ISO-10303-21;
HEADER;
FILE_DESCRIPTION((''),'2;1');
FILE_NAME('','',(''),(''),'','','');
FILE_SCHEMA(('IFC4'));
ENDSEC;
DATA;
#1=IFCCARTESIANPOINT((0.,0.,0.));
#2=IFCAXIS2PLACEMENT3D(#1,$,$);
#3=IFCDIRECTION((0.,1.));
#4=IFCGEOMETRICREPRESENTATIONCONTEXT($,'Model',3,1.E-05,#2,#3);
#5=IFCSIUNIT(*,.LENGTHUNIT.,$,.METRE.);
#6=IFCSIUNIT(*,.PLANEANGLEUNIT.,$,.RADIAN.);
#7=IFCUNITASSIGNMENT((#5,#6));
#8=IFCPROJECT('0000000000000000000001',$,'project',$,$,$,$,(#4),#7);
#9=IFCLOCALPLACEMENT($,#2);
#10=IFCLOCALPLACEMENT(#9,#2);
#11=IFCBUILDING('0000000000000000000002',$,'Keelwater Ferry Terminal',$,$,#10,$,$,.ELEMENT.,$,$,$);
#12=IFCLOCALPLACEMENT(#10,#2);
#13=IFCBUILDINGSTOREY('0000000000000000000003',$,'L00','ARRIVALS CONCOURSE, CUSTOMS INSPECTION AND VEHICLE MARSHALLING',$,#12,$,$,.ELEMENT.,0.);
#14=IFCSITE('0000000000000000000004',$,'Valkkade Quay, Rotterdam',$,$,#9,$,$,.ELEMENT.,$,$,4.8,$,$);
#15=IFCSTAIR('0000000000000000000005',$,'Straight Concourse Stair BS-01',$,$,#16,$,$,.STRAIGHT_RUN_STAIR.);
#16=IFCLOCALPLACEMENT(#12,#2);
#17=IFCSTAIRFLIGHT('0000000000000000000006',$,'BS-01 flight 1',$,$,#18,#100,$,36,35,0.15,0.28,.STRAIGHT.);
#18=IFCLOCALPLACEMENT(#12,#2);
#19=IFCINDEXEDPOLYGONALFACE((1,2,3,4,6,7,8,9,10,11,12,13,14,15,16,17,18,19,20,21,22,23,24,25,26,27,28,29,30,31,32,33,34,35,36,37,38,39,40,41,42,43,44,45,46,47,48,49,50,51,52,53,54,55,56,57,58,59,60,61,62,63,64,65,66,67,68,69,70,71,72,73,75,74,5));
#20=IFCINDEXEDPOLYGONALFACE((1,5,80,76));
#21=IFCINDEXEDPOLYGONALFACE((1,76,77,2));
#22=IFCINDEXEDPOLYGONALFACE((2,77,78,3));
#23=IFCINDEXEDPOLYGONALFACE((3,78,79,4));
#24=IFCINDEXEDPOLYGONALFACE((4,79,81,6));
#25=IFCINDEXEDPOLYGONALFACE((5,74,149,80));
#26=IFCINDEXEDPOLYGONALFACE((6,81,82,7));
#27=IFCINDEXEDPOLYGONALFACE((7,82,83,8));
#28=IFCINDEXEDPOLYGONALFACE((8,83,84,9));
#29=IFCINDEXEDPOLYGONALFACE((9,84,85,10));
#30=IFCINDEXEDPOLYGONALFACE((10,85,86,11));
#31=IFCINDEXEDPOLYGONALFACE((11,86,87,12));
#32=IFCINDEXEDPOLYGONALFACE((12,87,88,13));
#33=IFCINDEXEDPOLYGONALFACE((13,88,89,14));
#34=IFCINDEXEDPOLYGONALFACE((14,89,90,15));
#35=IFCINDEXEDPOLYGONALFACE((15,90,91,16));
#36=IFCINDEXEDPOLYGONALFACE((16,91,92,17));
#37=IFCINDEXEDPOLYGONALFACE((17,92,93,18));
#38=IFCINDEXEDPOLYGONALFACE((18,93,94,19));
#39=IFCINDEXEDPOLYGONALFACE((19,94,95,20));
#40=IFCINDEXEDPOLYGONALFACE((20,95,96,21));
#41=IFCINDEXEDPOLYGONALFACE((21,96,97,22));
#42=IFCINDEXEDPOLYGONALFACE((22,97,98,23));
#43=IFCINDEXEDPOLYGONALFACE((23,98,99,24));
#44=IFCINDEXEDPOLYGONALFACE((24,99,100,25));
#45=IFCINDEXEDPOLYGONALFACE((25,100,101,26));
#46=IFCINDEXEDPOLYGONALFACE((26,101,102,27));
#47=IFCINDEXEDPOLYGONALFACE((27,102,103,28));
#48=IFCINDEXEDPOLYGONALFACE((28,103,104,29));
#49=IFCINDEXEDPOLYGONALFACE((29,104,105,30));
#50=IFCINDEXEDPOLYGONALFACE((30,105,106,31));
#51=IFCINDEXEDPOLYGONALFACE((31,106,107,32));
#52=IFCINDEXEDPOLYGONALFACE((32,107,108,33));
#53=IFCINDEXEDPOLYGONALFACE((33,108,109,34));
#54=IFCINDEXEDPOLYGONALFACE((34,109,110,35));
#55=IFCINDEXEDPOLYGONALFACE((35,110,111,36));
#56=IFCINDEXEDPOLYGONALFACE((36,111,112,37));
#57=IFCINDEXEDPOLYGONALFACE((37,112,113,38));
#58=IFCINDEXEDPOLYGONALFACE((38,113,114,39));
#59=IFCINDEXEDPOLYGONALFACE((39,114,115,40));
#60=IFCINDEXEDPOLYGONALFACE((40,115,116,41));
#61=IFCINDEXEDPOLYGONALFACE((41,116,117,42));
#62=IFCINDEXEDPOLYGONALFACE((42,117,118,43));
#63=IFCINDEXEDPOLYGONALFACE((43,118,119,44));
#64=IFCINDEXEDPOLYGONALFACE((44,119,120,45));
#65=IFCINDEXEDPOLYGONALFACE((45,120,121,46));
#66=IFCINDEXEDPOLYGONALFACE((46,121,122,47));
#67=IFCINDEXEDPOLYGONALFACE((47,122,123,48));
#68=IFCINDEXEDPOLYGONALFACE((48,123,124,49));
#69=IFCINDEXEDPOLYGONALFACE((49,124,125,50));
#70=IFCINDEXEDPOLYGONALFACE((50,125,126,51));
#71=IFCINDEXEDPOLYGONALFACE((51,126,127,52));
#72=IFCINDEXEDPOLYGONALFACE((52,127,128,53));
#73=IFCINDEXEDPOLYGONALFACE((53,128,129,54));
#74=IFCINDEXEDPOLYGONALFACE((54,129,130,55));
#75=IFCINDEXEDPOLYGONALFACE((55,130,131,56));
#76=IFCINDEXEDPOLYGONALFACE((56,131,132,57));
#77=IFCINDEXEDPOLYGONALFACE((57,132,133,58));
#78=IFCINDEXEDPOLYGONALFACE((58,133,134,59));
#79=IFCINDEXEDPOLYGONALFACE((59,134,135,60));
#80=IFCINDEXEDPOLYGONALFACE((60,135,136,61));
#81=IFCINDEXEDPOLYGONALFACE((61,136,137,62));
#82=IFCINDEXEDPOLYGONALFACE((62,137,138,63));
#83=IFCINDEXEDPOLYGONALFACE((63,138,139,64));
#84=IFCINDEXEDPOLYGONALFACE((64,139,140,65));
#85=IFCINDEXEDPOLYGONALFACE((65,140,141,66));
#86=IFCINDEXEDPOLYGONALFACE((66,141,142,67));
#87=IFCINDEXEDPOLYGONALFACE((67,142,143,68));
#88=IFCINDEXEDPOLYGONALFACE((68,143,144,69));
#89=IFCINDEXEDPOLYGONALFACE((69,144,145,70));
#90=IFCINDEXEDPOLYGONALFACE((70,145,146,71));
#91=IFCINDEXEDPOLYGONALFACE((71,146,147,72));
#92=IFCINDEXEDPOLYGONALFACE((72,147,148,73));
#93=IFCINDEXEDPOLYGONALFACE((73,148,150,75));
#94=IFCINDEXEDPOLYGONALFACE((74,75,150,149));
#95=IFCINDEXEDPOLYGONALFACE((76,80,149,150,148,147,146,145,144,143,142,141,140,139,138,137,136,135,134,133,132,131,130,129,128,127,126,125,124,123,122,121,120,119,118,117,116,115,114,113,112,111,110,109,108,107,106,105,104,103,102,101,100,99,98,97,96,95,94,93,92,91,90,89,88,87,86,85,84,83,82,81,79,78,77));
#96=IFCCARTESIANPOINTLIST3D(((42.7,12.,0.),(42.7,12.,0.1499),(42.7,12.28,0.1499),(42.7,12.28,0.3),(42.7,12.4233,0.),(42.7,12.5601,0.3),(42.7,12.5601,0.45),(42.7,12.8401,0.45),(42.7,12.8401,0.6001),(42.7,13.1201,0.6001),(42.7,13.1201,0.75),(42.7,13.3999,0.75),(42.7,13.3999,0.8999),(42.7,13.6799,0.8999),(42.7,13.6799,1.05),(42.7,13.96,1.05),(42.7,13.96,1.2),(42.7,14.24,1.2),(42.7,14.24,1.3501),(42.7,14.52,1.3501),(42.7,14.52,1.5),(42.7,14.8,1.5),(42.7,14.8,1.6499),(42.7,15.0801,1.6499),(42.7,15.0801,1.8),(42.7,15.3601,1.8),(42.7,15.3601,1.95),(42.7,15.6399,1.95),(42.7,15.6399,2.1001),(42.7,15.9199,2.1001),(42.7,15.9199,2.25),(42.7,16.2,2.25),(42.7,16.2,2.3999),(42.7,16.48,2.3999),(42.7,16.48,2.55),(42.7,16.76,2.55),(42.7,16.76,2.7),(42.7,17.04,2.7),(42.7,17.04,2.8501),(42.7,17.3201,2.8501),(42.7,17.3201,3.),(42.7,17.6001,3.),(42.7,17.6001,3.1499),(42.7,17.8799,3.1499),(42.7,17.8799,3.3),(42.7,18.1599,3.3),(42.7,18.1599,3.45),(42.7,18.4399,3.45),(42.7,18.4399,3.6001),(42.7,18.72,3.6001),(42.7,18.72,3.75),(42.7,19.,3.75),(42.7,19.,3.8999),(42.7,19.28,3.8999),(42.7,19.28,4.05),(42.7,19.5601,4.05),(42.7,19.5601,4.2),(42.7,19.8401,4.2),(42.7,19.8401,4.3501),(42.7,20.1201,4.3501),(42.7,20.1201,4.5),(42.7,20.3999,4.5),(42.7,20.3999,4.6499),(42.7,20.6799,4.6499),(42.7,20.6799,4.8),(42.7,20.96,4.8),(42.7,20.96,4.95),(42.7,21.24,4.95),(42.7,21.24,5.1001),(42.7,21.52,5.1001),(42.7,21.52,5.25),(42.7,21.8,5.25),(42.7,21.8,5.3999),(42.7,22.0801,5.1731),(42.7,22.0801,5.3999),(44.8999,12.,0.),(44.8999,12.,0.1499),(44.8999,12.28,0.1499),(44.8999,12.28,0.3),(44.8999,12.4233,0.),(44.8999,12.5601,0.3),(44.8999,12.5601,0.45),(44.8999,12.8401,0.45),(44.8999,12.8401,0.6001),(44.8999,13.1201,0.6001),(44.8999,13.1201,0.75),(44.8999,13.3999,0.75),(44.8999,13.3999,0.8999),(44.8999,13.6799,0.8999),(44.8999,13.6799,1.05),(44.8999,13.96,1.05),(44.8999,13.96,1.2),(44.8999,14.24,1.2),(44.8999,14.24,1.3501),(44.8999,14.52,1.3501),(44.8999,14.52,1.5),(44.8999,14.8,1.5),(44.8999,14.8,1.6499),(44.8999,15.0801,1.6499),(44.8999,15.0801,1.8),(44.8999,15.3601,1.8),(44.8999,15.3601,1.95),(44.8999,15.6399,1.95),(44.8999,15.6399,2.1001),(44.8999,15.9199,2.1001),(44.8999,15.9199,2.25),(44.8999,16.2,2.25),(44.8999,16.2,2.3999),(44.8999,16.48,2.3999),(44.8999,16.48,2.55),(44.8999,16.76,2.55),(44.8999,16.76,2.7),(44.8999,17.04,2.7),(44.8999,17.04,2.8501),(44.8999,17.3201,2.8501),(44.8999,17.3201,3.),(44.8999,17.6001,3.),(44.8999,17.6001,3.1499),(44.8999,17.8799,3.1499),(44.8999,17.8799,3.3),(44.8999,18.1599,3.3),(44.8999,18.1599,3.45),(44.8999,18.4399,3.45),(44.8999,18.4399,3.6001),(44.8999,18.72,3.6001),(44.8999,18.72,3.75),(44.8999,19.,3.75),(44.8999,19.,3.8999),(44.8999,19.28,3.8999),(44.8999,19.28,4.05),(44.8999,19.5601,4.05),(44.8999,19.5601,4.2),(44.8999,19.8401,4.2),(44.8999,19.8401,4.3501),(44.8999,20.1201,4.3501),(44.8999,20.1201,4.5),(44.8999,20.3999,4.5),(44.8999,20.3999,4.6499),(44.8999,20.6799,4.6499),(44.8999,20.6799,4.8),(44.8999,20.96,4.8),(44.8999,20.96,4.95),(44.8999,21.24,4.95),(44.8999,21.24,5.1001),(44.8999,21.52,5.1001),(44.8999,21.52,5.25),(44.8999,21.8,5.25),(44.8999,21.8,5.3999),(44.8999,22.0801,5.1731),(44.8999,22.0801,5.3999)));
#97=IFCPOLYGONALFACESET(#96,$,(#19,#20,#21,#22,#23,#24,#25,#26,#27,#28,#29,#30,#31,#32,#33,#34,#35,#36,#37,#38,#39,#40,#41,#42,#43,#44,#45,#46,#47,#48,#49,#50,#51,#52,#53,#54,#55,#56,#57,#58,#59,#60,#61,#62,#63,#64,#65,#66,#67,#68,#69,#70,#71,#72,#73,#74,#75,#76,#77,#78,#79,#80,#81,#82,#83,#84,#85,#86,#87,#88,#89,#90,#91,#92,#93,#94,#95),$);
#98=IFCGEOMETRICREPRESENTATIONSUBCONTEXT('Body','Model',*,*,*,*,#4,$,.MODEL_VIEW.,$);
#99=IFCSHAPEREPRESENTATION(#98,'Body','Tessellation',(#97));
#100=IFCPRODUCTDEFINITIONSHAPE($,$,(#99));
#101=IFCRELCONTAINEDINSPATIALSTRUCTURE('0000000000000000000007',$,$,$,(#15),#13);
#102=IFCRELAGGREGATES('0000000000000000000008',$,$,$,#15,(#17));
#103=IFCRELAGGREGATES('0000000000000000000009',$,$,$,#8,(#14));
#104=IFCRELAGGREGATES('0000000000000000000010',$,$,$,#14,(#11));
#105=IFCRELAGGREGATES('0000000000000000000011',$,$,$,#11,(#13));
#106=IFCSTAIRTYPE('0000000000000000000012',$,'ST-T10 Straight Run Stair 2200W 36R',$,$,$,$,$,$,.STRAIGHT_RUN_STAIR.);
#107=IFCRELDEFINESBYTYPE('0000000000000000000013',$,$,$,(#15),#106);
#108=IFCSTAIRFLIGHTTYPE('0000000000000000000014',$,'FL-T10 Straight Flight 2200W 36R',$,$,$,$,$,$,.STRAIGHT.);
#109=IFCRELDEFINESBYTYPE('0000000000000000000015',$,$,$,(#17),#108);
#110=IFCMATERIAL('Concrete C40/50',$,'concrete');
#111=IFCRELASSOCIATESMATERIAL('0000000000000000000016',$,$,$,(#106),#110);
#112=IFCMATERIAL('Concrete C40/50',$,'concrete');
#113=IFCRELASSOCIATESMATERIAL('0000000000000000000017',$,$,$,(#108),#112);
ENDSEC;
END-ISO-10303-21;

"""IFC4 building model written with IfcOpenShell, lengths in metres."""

from ifc_helpers import new_model, si_unit, direction, frame, origin, place, context, subcontext, project, spatial, polyline, outline, extrude, material, type_object, element, aggregate, save


model = new_model("IFC4")

# Units and contexts
model_context = context("Model", 3, precision=1e-05, world=origin(), true_north=direction((0.0, 1.0)))
body_context = subcontext(model_context, "Body", "Model", "MODEL_VIEW")
ifc_project = project(units=[si_unit("LENGTHUNIT", "METRE"), si_unit("PLANEANGLEUNIT", "RADIAN")], contexts=[model_context])

# Site, building, storey
site_placement = place(None, origin())
site = spatial("IfcSite", under=ifc_project, at=site_placement, Name="Valkkade Quay, Rotterdam", CompositionType="ELEMENT", RefElevation=4.8)
building_placement = place(site_placement, origin())
building = spatial("IfcBuilding", under=site, at=building_placement, Name="Keelwater Ferry Terminal", CompositionType="ELEMENT")
storey_placement = place(building_placement, origin())
storey = spatial("IfcBuildingStorey", under=building, at=storey_placement, Name="L00", Description="ARRIVALS CONCOURSE, CUSTOMS INSPECTION AND VEHICLE MARSHALLING", CompositionType="ELEMENT", Elevation=0.0)

# Stair, stair flight
ifc_material_1 = material(Name="Concrete C40/50", Category="concrete")
stair_type = type_object("IfcStairType", Name="ST-T10 Straight Run Stair 2200W 36R", PredefinedType="STRAIGHT_RUN_STAIR", material=ifc_material_1)
stair_placement = place(storey_placement, origin())
stair = element("IfcStair", 1, at=stair_placement, inside=storey, type_object=stair_type, Name="Straight Concourse Stair BS-01", PredefinedType="STRAIGHT_RUN_STAIR")
ifc_material_2 = material(Name="Concrete C40/50", Category="concrete")
stair_flight_type = type_object("IfcStairFlightType", Name="FL-T10 Straight Flight 2200W 36R", PredefinedType="STRAIGHT", material=ifc_material_2)
stair_flight_placement = place(storey_placement, frame((43.8, 12.0, 0.0), z_axis=(0.0, 0.0, 1.0), x_axis=(0.0, 1.0, 0.0)))
stair_flight = element("IfcStairFlight", 2, at=stair_flight_placement, type_object=stair_flight_type, Name="BS-01 flight 1", NumberOfRisers=36, NumberOfTreads=35, PredefinedType="STRAIGHT", RiserHeight=0.15, TreadLength=0.28, context=body_context, shape_type="SweptSolid", body=[
    extrude(outline(polyline([(0.0, 0.0), (0.0, 0.1499), (0.28, 0.1499), (0.28, 0.3), (0.5601, 0.3), (0.5601, 0.45), (0.8401, 0.45), (0.8401, 0.6001), (1.1201, 0.6001), (1.1201, 0.75), (1.3999, 0.75), (1.3999, 0.8999), (1.6799, 0.8999), (1.6799, 1.05), (1.96, 1.05), (1.96, 1.2), (2.24, 1.2), (2.24, 1.3501), (2.52, 1.3501), (2.52, 1.5), (2.8, 1.5), (2.8, 1.6499), (3.0801, 1.6499), (3.0801, 1.8), (3.3601, 1.8), (3.3601, 1.95), (3.6399, 1.95), (3.6399, 2.1001), (3.9199, 2.1001), (3.9199, 2.25), (4.2, 2.25), (4.2, 2.3999), (4.48, 2.3999), (4.48, 2.55), (4.76, 2.55), (4.76, 2.7), (5.04, 2.7), (5.04, 2.8501), (5.3201, 2.8501), (5.3201, 3.0), (5.6001, 3.0), (5.6001, 3.1499), (5.8799, 3.1499), (5.8799, 3.3), (6.1599, 3.3), (6.1599, 3.45), (6.4399, 3.45), (6.4399, 3.6001), (6.72, 3.6001), (6.72, 3.75), (7.0, 3.75), (7.0, 3.8999), (7.28, 3.8999), (7.28, 4.05), (7.5601, 4.05), (7.5601, 4.2), (7.8401, 4.2), (7.8401, 4.3501), (8.1201, 4.3501), (8.1201, 4.5), (8.3999, 4.5), (8.3999, 4.6499), (8.6799, 4.6499), (8.6799, 4.8), (8.96, 4.8), (8.96, 4.95), (9.24, 4.95), (9.24, 5.1001), (9.52, 5.1001), (9.52, 5.25), (9.8, 5.25), (9.8, 5.3999), (10.0801, 5.3999), (10.0801, 5.1731), (0.4233, 0.0), (0.0, 0.0)])), frame((0.0, 1.1001, 0.0), z_axis=(0.0, -1.0, 0.0), x_axis=(1.0, 0.0, 0.0)), (0.0, 0.0, 1.0), 2.2),
])
aggregate(stair, [stair_flight])

save(model, "model.ifc")
